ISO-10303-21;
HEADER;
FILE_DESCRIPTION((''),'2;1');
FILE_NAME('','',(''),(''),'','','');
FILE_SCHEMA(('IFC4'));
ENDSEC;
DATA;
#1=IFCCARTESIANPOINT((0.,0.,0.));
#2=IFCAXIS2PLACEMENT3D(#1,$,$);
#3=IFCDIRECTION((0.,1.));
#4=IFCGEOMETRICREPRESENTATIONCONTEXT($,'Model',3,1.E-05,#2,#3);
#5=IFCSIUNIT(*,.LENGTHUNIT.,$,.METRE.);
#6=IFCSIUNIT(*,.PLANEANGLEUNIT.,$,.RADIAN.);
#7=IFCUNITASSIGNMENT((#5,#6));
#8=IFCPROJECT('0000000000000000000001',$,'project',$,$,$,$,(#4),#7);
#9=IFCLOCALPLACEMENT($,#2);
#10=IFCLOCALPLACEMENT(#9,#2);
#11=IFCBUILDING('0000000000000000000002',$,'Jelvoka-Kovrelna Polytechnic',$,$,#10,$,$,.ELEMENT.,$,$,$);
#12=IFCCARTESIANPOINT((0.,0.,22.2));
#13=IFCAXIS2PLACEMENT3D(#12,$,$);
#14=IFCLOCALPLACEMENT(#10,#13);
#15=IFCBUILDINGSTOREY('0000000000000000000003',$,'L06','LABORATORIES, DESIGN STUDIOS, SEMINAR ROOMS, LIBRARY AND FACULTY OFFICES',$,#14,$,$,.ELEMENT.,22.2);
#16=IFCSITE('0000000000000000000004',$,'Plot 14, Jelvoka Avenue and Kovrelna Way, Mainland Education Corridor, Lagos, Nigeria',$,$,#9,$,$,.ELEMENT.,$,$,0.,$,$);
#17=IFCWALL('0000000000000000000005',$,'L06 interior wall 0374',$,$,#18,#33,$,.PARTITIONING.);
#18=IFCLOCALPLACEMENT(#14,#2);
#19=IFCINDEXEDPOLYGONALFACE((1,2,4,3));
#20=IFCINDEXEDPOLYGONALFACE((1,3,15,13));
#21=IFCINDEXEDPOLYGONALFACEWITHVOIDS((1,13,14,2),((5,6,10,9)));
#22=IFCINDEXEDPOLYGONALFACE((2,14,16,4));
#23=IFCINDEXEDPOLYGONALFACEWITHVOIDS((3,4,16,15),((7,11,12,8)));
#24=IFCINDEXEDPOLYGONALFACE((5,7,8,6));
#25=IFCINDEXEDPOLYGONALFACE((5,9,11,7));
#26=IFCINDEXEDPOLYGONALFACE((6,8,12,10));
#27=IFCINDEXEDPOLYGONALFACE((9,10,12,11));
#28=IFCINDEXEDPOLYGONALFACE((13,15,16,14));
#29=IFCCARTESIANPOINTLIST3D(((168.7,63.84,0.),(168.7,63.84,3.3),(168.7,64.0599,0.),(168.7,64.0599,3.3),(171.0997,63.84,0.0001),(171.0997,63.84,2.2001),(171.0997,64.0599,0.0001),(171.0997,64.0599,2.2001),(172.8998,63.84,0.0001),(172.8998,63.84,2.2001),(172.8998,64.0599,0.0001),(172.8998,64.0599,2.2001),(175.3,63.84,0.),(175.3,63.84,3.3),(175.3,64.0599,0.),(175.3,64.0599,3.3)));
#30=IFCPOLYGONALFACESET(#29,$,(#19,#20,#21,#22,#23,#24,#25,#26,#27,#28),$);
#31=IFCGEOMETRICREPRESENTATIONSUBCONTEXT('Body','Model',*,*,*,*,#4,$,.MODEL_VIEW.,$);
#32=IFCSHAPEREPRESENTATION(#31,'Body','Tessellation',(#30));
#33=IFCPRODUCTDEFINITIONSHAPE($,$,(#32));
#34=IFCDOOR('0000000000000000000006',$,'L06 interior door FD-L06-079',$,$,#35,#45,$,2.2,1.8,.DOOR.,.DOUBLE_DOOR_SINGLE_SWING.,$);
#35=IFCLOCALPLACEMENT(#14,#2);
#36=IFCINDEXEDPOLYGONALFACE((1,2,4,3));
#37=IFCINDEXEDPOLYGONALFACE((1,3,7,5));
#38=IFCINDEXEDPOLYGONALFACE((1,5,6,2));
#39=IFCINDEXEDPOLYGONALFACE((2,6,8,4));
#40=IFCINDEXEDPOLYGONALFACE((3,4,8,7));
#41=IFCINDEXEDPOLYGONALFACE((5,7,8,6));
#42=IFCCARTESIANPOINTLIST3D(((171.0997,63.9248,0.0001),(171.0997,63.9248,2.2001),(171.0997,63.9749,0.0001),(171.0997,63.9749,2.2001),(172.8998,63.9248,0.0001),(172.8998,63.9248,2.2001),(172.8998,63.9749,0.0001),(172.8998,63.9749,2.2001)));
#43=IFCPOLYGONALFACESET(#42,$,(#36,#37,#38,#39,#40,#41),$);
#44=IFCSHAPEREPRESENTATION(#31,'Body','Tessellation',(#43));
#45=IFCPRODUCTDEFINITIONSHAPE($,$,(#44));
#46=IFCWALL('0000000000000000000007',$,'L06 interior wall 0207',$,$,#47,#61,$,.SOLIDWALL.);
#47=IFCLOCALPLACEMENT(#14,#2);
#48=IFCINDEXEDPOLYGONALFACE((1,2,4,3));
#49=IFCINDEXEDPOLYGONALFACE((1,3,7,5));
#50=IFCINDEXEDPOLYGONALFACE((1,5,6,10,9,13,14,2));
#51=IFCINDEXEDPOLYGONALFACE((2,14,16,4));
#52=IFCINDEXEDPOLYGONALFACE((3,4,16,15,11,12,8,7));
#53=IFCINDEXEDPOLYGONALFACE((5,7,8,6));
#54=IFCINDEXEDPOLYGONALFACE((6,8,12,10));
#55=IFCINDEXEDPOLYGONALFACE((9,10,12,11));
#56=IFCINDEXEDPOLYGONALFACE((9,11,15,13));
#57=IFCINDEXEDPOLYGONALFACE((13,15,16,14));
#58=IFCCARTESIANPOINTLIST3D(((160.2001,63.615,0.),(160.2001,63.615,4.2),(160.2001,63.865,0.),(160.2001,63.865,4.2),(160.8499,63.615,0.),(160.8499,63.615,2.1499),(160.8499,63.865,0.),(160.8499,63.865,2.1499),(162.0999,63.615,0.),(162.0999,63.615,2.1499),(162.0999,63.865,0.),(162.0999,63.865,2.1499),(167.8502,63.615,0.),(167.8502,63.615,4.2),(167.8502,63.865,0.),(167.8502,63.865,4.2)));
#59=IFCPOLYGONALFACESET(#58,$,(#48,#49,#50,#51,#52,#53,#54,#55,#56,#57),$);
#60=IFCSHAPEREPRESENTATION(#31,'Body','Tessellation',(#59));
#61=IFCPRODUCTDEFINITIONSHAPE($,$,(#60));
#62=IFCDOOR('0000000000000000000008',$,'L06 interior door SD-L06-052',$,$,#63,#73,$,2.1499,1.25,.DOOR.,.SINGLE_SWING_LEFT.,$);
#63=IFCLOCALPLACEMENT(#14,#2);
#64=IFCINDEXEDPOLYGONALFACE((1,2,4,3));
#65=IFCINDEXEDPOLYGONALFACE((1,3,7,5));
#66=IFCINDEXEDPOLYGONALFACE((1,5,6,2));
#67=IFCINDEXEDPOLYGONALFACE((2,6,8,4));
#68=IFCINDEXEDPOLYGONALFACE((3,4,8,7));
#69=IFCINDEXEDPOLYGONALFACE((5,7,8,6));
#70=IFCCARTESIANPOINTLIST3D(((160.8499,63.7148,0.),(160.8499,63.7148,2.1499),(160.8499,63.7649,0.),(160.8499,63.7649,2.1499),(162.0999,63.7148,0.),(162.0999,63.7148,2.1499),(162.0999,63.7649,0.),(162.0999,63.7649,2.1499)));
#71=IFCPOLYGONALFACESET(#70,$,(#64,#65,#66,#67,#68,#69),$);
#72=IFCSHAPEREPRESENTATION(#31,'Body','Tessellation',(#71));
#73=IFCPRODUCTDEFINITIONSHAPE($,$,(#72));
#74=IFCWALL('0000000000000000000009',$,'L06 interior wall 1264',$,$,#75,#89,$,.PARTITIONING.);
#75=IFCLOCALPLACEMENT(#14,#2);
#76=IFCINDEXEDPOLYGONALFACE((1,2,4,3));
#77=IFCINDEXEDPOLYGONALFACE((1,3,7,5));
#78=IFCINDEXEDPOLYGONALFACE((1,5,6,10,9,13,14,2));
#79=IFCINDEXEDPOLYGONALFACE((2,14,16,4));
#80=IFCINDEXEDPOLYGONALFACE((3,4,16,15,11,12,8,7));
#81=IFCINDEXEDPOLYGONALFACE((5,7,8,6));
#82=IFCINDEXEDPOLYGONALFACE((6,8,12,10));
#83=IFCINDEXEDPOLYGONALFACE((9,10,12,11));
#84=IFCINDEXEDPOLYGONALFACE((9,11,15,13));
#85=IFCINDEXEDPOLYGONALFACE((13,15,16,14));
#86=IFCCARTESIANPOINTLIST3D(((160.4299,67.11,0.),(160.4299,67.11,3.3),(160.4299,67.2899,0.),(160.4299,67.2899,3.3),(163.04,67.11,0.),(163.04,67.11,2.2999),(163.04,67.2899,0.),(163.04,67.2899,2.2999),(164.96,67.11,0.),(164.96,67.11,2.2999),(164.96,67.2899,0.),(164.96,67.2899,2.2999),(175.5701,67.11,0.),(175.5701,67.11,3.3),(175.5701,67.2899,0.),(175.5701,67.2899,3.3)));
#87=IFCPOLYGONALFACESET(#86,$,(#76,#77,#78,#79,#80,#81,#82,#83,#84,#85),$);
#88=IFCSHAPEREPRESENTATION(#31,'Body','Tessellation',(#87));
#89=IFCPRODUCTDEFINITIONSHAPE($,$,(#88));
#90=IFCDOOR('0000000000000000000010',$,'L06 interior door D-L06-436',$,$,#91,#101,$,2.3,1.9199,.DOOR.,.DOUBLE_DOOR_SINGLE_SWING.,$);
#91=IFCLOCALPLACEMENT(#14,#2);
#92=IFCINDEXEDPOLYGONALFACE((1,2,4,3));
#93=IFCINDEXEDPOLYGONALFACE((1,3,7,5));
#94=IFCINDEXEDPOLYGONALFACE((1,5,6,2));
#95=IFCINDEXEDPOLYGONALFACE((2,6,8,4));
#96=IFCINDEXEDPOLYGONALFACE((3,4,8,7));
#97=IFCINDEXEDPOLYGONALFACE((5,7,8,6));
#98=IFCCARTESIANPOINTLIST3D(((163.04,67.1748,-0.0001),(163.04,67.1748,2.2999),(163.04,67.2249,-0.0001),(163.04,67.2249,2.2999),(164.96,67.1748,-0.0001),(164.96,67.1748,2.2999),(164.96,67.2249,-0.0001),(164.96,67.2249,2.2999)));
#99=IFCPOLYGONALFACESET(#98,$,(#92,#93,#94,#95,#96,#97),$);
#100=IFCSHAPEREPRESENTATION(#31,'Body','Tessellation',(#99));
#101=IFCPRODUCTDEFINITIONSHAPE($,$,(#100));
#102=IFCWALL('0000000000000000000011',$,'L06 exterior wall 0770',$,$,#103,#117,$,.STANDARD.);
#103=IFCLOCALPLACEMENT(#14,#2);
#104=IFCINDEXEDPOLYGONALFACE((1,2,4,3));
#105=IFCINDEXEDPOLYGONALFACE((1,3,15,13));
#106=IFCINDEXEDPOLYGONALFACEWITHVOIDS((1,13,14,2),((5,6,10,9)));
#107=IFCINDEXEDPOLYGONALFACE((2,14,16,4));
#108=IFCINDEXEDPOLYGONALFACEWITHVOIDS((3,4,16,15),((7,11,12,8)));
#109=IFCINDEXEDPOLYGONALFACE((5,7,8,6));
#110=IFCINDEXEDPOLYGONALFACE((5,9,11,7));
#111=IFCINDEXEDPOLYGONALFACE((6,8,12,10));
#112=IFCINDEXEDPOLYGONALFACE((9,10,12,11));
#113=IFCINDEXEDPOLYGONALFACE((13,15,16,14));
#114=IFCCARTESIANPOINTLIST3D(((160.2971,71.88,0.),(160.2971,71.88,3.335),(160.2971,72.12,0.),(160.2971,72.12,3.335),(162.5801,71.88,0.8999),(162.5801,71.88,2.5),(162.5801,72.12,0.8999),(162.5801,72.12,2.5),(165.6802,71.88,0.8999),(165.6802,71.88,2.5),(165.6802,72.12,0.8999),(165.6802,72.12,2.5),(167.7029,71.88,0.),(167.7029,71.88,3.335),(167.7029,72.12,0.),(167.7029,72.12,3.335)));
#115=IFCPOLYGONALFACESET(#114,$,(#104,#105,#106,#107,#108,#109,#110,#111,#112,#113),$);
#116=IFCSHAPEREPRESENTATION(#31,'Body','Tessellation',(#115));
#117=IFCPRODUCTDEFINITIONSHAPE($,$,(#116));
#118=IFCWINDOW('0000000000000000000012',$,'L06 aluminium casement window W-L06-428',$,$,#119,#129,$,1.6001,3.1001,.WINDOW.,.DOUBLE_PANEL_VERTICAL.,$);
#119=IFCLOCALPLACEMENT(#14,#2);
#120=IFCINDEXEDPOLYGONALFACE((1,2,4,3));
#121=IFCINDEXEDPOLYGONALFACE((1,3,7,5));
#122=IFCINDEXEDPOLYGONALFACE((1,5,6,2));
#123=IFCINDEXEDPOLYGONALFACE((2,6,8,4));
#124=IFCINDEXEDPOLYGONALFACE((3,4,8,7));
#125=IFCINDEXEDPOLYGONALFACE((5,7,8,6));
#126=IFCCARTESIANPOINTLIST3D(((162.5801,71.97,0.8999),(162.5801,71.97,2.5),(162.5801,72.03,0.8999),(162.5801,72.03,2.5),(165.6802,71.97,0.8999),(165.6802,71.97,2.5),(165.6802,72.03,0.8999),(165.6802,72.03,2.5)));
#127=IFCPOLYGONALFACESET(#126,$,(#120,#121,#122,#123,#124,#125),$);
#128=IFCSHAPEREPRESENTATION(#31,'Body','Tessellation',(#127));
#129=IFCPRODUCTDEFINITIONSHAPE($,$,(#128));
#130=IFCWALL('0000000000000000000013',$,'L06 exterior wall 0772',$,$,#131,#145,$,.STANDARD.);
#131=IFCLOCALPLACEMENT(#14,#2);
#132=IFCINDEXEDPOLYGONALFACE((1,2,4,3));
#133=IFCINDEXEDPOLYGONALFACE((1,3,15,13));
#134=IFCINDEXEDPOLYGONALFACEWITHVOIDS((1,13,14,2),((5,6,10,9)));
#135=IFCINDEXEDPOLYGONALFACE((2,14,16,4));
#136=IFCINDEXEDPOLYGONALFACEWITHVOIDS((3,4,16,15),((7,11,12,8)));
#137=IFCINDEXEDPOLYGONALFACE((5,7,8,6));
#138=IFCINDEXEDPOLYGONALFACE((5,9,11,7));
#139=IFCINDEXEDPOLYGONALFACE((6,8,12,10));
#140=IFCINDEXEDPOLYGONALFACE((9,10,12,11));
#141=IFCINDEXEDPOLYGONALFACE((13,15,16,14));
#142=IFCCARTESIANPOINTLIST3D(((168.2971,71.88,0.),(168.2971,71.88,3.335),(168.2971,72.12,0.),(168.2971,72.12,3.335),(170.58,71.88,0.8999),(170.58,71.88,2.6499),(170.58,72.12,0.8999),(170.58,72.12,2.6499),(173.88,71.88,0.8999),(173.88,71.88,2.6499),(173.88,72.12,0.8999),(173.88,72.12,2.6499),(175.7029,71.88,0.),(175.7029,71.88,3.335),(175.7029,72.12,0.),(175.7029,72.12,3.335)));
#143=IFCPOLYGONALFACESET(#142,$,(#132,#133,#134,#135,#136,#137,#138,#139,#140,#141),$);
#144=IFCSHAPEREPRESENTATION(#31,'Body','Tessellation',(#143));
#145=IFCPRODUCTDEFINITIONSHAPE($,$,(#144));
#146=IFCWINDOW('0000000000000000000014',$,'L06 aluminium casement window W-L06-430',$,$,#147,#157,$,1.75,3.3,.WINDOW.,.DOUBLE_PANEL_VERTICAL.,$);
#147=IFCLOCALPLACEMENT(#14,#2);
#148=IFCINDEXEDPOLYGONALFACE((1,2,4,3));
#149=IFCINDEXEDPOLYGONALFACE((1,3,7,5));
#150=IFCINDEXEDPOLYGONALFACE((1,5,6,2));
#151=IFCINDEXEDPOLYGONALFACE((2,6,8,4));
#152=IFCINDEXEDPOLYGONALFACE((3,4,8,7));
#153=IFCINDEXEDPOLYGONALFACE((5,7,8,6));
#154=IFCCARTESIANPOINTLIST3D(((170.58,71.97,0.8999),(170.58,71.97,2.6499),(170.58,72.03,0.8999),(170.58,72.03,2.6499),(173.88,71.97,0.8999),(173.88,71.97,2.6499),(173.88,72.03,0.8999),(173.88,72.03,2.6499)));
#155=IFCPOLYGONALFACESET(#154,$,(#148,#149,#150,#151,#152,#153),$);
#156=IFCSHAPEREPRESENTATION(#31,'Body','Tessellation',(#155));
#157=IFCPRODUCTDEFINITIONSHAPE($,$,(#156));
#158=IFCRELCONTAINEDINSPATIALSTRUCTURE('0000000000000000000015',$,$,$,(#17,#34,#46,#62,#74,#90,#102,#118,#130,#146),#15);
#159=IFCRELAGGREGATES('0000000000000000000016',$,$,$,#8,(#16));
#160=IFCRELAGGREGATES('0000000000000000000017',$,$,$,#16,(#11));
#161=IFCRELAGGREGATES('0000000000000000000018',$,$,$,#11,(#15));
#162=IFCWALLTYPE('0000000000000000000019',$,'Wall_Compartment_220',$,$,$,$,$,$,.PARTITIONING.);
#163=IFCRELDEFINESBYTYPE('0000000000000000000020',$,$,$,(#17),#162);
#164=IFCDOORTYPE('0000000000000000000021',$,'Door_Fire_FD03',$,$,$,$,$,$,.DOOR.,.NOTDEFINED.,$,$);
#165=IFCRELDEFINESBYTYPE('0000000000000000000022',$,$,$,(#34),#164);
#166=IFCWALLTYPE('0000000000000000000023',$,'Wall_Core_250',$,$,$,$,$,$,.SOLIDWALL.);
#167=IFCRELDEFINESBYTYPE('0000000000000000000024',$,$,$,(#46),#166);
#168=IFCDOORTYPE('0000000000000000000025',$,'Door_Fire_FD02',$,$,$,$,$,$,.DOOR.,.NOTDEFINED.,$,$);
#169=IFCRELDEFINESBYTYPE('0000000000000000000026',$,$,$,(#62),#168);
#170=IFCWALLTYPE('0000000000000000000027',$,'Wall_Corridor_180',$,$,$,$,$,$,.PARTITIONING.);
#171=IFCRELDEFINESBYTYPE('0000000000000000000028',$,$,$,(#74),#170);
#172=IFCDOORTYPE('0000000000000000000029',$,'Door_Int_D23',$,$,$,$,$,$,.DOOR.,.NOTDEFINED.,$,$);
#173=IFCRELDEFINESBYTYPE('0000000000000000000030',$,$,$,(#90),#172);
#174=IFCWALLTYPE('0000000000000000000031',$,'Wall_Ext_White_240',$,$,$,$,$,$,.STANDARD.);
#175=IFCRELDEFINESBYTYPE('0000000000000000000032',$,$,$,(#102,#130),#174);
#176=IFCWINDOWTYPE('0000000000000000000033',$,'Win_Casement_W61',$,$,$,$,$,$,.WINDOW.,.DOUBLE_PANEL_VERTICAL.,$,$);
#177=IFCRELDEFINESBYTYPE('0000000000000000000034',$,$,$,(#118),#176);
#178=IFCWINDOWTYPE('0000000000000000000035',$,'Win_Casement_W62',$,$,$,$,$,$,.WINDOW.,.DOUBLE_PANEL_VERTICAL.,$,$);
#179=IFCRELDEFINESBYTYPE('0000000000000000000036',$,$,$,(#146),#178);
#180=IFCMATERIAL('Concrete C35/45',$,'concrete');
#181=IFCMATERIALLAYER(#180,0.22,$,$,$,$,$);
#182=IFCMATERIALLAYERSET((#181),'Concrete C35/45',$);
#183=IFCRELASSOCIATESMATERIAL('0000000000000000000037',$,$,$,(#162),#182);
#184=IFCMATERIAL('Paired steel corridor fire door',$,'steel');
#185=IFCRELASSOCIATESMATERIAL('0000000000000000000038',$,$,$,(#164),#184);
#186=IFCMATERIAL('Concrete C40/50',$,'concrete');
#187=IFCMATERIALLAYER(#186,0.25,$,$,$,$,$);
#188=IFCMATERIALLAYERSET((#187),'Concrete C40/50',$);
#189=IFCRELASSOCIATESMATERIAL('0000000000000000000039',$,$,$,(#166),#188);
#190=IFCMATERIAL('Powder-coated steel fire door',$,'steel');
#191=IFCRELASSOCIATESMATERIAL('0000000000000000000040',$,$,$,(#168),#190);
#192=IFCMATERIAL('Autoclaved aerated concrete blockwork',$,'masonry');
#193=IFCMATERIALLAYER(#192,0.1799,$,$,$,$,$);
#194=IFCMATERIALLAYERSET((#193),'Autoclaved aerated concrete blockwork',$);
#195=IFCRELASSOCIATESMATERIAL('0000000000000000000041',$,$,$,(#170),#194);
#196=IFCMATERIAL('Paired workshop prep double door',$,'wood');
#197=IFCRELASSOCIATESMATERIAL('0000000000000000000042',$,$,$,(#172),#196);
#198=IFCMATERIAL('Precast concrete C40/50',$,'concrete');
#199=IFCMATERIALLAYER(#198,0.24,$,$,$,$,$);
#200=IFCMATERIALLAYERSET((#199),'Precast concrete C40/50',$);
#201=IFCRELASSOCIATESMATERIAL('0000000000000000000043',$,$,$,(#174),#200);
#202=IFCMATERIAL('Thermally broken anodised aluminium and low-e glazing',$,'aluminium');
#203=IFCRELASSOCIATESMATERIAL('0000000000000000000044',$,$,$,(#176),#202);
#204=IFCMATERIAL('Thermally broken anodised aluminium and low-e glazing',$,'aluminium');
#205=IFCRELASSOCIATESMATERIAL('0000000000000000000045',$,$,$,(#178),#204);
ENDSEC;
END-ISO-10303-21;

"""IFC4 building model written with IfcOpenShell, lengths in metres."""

from ifc_helpers import new_model, si_unit, direction, frame, frame_2d, origin, place, context, subcontext, project, spatial, rectangle, extrude, material, layer, layer_set, type_object, element, fill, save


model = new_model("IFC4")

# Units and contexts
model_context = context("Model", 3, precision=1e-05, world=origin(), true_north=direction((0.0, 1.0)))
body_context = subcontext(model_context, "Body", "Model", "MODEL_VIEW")
ifc_project = project(units=[si_unit("LENGTHUNIT", "METRE"), si_unit("PLANEANGLEUNIT", "RADIAN")], contexts=[model_context])

# Site, building, storey
site_placement = place(None, origin())
site = spatial("IfcSite", under=ifc_project, at=site_placement, Name="Plot 14, Jelvoka Avenue and Kovrelna Way, Mainland Education Corridor, Lagos, Nigeria", CompositionType="ELEMENT", RefElevation=0.0)
building_placement = place(site_placement, origin())
building = spatial("IfcBuilding", under=site, at=building_placement, Name="Jelvoka-Kovrelna Polytechnic", CompositionType="ELEMENT")
storey_placement = place(building_placement, frame((0.0, 0.0, 22.2)))
storey = spatial("IfcBuildingStorey", under=building, at=storey_placement, Name="L06", Description="LABORATORIES, DESIGN STUDIOS, SEMINAR ROOMS, LIBRARY AND FACULTY OFFICES", CompositionType="ELEMENT", Elevation=22.2)

# Walls, openings, doors
ifc_material_1 = material(Name="Concrete C35/45", Category="concrete")
ifc_layer_1 = layer(ifc_material_1, 0.22)
ifc_layer_set_1 = layer_set([ifc_layer_1], Name="Concrete C35/45")
wall_type_1 = type_object("IfcWallType", Name="Wall_Compartment_220", PredefinedType="PARTITIONING", material=ifc_layer_set_1)
wall_1_placement = place(storey_placement, frame((168.7, 63.95, 0.0), z_axis=(0.0, 0.0, 1.0), x_axis=(1.0, 0.0, 0.0)))
wall_1 = element("IfcWall", 1, at=wall_1_placement, inside=storey, type_object=wall_type_1, Name="L06 interior wall 0374", PredefinedType="PARTITIONING", context=body_context, shape_type="SweptSolid", body=[
    extrude(rectangle(XDim=6.6001, YDim=0.22, at=frame_2d((3.3, 0.0))), origin(), (0.0, 0.0, 1.0), 3.3),
])
opening_1_placement = place(wall_1_placement, frame((2.3999, 0.0, 0.0)))
opening_1 = element("IfcOpeningElement", 2, at=opening_1_placement, cuts=wall_1, PredefinedType="OPENING", context=body_context, shape_type="SweptSolid", body=[
    extrude(rectangle(XDim=1.8, YDim=2.2, at=frame_2d((0.8999, 1.1001))), frame((0.0, 0.1199, 0.0), z_axis=(0.0, -1.0, 0.0), x_axis=(1.0, 0.0, 0.0)), (0.0, 0.0, 1.0), 0.24),
])
ifc_material_2 = material(Name="Paired steel corridor fire door", Category="steel")
door_type_1 = type_object("IfcDoorType", Name="Door_Fire_FD03", OperationType="NOTDEFINED", PredefinedType="DOOR", material=ifc_material_2)
door_1_placement = place(opening_1_placement, origin())
door_1 = element("IfcDoor", 3, at=door_1_placement, inside=storey, type_object=door_type_1, Name="L06 interior door FD-L06-079", OperationType="DOUBLE_DOOR_SINGLE_SWING", OverallHeight=2.2, OverallWidth=1.8, PredefinedType="DOOR", context=body_context, shape_type="SweptSolid", body=[
    extrude(rectangle(XDim=1.8, YDim=2.2, at=frame_2d((0.8999, 1.1001))), frame((0.0, 0.0249, 0.0), z_axis=(0.0, -1.0, 0.0), x_axis=(1.0, 0.0, 0.0)), (0.0, 0.0, 1.0), 0.05),
])
fill(opening_1, door_1)
ifc_material_3 = material(Name="Concrete C40/50", Category="concrete")
ifc_layer_2 = layer(ifc_material_3, 0.25)
ifc_layer_set_2 = layer_set([ifc_layer_2], Name="Concrete C40/50")
wall_type_2 = type_object("IfcWallType", Name="Wall_Core_250", PredefinedType="SOLIDWALL", material=ifc_layer_set_2)
wall_2_placement = place(storey_placement, frame((160.2, 63.74, 0.0), z_axis=(0.0, 0.0, 1.0), x_axis=(1.0, 0.0, 0.0)))
wall_2 = element("IfcWall", 4, at=wall_2_placement, inside=storey, type_object=wall_type_2, Name="L06 interior wall 0207", PredefinedType="SOLIDWALL", context=body_context, shape_type="SweptSolid", body=[
    extrude(rectangle(XDim=7.6501, YDim=0.25, at=frame_2d((3.8252, 0.0))), origin(), (0.0, 0.0, 1.0), 4.2),
])
opening_2_placement = place(wall_2_placement, frame((0.6499, 0.0, 0.0)))
opening_2 = element("IfcOpeningElement", 5, at=opening_2_placement, cuts=wall_2, PredefinedType="OPENING", context=body_context, shape_type="SweptSolid", body=[
    extrude(rectangle(XDim=1.25, YDim=2.1499, at=frame_2d((0.625, 1.075))), frame((0.0, 0.135, 0.0), z_axis=(0.0, -1.0, 0.0), x_axis=(1.0, 0.0, 0.0)), (0.0, 0.0, 1.0), 0.27),
])
ifc_material_4 = material(Name="Powder-coated steel fire door", Category="steel")
door_type_2 = type_object("IfcDoorType", Name="Door_Fire_FD02", OperationType="NOTDEFINED", PredefinedType="DOOR", material=ifc_material_4)
door_2_placement = place(opening_2_placement, origin())
door_2 = element("IfcDoor", 6, at=door_2_placement, inside=storey, type_object=door_type_2, Name="L06 interior door SD-L06-052", OperationType="SINGLE_SWING_LEFT", OverallHeight=2.1499, OverallWidth=1.25, PredefinedType="DOOR", context=body_context, shape_type="SweptSolid", body=[
    extrude(rectangle(XDim=1.25, YDim=2.1499, at=frame_2d((0.625, 1.075))), frame((0.0, 0.0249, 0.0), z_axis=(0.0, -1.0, 0.0), x_axis=(1.0, 0.0, 0.0)), (0.0, 0.0, 1.0), 0.05),
])
fill(opening_2, door_2)
ifc_material_5 = material(Name="Autoclaved aerated concrete blockwork", Category="masonry")
ifc_layer_3 = layer(ifc_material_5, 0.1799)
ifc_layer_set_3 = layer_set([ifc_layer_3], Name="Autoclaved aerated concrete blockwork")
wall_type_3 = type_object("IfcWallType", Name="Wall_Corridor_180", PredefinedType="PARTITIONING", material=ifc_layer_set_3)
wall_3_placement = place(storey_placement, frame((160.4299, 67.2, 0.0), z_axis=(0.0, 0.0, 1.0), x_axis=(1.0, 0.0, 0.0)))
wall_3 = element("IfcWall", 7, at=wall_3_placement, inside=storey, type_object=wall_type_3, Name="L06 interior wall 1264", PredefinedType="PARTITIONING", context=body_context, shape_type="SweptSolid", body=[
    extrude(rectangle(XDim=15.1401, YDim=0.1799, at=frame_2d((7.5701, 0.0))), origin(), (0.0, 0.0, 1.0), 3.3),
])
opening_3_placement = place(wall_3_placement, frame((2.6101, 0.0, 0.0)))
opening_3 = element("IfcOpeningElement", 8, at=opening_3_placement, cuts=wall_3, PredefinedType="OPENING", context=body_context, shape_type="SweptSolid", body=[
    extrude(rectangle(XDim=1.9199, YDim=2.3, at=frame_2d((0.96, 1.1499))), frame((0.0, 0.0999, 0.0), z_axis=(0.0, -1.0, 0.0), x_axis=(1.0, 0.0, 0.0)), (0.0, 0.0, 1.0), 0.2),
])
ifc_material_6 = material(Name="Paired workshop prep double door", Category="wood")
door_type_3 = type_object("IfcDoorType", Name="Door_Int_D23", OperationType="NOTDEFINED", PredefinedType="DOOR", material=ifc_material_6)
door_3_placement = place(opening_3_placement, origin())
door_3 = element("IfcDoor", 9, at=door_3_placement, inside=storey, type_object=door_type_3, Name="L06 interior door D-L06-436", OperationType="DOUBLE_DOOR_SINGLE_SWING", OverallHeight=2.3, OverallWidth=1.9199, PredefinedType="DOOR", context=body_context, shape_type="SweptSolid", body=[
    extrude(rectangle(XDim=1.9199, YDim=2.3, at=frame_2d((0.96, 1.1499))), frame((0.0, 0.0249, 0.0), z_axis=(0.0, -1.0, 0.0), x_axis=(1.0, 0.0, 0.0)), (0.0, 0.0, 1.0), 0.05),
])
fill(opening_3, door_3)

# Walls, openings, windows
ifc_material_7 = material(Name="Precast concrete C40/50", Category="concrete")
ifc_layer_4 = layer(ifc_material_7, 0.24)
ifc_layer_set_4 = layer_set([ifc_layer_4], Name="Precast concrete C40/50")
wall_type_4 = type_object("IfcWallType", Name="Wall_Ext_White_240", PredefinedType="STANDARD", material=ifc_layer_set_4)
wall_4_placement = place(storey_placement, frame((160.2971, 72.0, 0.0), z_axis=(0.0, 0.0, 1.0), x_axis=(1.0, 0.0, 0.0)))
wall_4 = element("IfcWall", 10, at=wall_4_placement, inside=storey, type_object=wall_type_4, Name="L06 exterior wall 0770", PredefinedType="STANDARD", context=body_context, shape_type="SweptSolid", body=[
    extrude(rectangle(XDim=7.4058, YDim=0.24, at=frame_2d((3.7029, 0.0))), origin(), (0.0, 0.0, 1.0), 3.335),
])
opening_4_placement = place(wall_4_placement, frame((2.283, 0.0, 0.8999)))
opening_4 = element("IfcOpeningElement", 11, at=opening_4_placement, cuts=wall_4, PredefinedType="OPENING", context=body_context, shape_type="SweptSolid", body=[
    extrude(rectangle(XDim=3.1001, YDim=1.6001, at=frame_2d((1.55, 0.8))), frame((0.0, 0.1301, 0.0), z_axis=(0.0, -1.0, 0.0), x_axis=(1.0, 0.0, 0.0)), (0.0, 0.0, 1.0), 0.26),
])
ifc_material_8 = material(Name="Thermally broken anodised aluminium and low-e glazing", Category="aluminium")
window_type_1 = type_object("IfcWindowType", Name="Win_Casement_W61", PartitioningType="DOUBLE_PANEL_VERTICAL", PredefinedType="WINDOW", material=ifc_material_8)
window_1_placement = place(opening_4_placement, origin())
window_1 = element("IfcWindow", 12, at=window_1_placement, inside=storey, type_object=window_type_1, Name="L06 aluminium casement window W-L06-428", OverallHeight=1.6001, OverallWidth=3.1001, PartitioningType="DOUBLE_PANEL_VERTICAL", PredefinedType="WINDOW", context=body_context, shape_type="SweptSolid", body=[
    extrude(rectangle(XDim=3.1001, YDim=1.6001, at=frame_2d((1.55, 0.8))), frame((0.0, 0.03, 0.0), z_axis=(0.0, -1.0, 0.0), x_axis=(1.0, 0.0, 0.0)), (0.0, 0.0, 1.0), 0.0601),
])
fill(opening_4, window_1)
wall_5_placement = place(storey_placement, frame((168.2971, 72.0, 0.0), z_axis=(0.0, 0.0, 1.0), x_axis=(1.0, 0.0, 0.0)))
wall_5 = element("IfcWall", 13, at=wall_5_placement, inside=storey, type_object=wall_type_4, Name="L06 exterior wall 0772", PredefinedType="STANDARD", context=body_context, shape_type="SweptSolid", body=[
    extrude(rectangle(XDim=7.4058, YDim=0.24, at=frame_2d((3.7029, 0.0))), origin(), (0.0, 0.0, 1.0), 3.335),
])
opening_5_placement = place(wall_5_placement, frame((2.283, 0.0, 0.8999)))
opening_5 = element("IfcOpeningElement", 14, at=opening_5_placement, cuts=wall_5, PredefinedType="OPENING", context=body_context, shape_type="SweptSolid", body=[
    extrude(rectangle(XDim=3.3, YDim=1.75, at=frame_2d((1.6499, 0.875))), frame((0.0, 0.1301, 0.0), z_axis=(0.0, -1.0, 0.0), x_axis=(1.0, 0.0, 0.0)), (0.0, 0.0, 1.0), 0.26),
])
ifc_material_9 = material(Name="Thermally broken anodised aluminium and low-e glazing", Category="aluminium")
window_type_2 = type_object("IfcWindowType", Name="Win_Casement_W62", PartitioningType="DOUBLE_PANEL_VERTICAL", PredefinedType="WINDOW", material=ifc_material_9)
window_2_placement = place(opening_5_placement, origin())
window_2 = element("IfcWindow", 15, at=window_2_placement, inside=storey, type_object=window_type_2, Name="L06 aluminium casement window W-L06-430", OverallHeight=1.75, OverallWidth=3.3, PartitioningType="DOUBLE_PANEL_VERTICAL", PredefinedType="WINDOW", context=body_context, shape_type="SweptSolid", body=[
    extrude(rectangle(XDim=3.3, YDim=1.75, at=frame_2d((1.6499, 0.875))), frame((0.0, 0.03, 0.0), z_axis=(0.0, -1.0, 0.0), x_axis=(1.0, 0.0, 0.0)), (0.0, 0.0, 1.0), 0.0601),
])
fill(opening_5, window_2)

save(model, "model.ifc")
